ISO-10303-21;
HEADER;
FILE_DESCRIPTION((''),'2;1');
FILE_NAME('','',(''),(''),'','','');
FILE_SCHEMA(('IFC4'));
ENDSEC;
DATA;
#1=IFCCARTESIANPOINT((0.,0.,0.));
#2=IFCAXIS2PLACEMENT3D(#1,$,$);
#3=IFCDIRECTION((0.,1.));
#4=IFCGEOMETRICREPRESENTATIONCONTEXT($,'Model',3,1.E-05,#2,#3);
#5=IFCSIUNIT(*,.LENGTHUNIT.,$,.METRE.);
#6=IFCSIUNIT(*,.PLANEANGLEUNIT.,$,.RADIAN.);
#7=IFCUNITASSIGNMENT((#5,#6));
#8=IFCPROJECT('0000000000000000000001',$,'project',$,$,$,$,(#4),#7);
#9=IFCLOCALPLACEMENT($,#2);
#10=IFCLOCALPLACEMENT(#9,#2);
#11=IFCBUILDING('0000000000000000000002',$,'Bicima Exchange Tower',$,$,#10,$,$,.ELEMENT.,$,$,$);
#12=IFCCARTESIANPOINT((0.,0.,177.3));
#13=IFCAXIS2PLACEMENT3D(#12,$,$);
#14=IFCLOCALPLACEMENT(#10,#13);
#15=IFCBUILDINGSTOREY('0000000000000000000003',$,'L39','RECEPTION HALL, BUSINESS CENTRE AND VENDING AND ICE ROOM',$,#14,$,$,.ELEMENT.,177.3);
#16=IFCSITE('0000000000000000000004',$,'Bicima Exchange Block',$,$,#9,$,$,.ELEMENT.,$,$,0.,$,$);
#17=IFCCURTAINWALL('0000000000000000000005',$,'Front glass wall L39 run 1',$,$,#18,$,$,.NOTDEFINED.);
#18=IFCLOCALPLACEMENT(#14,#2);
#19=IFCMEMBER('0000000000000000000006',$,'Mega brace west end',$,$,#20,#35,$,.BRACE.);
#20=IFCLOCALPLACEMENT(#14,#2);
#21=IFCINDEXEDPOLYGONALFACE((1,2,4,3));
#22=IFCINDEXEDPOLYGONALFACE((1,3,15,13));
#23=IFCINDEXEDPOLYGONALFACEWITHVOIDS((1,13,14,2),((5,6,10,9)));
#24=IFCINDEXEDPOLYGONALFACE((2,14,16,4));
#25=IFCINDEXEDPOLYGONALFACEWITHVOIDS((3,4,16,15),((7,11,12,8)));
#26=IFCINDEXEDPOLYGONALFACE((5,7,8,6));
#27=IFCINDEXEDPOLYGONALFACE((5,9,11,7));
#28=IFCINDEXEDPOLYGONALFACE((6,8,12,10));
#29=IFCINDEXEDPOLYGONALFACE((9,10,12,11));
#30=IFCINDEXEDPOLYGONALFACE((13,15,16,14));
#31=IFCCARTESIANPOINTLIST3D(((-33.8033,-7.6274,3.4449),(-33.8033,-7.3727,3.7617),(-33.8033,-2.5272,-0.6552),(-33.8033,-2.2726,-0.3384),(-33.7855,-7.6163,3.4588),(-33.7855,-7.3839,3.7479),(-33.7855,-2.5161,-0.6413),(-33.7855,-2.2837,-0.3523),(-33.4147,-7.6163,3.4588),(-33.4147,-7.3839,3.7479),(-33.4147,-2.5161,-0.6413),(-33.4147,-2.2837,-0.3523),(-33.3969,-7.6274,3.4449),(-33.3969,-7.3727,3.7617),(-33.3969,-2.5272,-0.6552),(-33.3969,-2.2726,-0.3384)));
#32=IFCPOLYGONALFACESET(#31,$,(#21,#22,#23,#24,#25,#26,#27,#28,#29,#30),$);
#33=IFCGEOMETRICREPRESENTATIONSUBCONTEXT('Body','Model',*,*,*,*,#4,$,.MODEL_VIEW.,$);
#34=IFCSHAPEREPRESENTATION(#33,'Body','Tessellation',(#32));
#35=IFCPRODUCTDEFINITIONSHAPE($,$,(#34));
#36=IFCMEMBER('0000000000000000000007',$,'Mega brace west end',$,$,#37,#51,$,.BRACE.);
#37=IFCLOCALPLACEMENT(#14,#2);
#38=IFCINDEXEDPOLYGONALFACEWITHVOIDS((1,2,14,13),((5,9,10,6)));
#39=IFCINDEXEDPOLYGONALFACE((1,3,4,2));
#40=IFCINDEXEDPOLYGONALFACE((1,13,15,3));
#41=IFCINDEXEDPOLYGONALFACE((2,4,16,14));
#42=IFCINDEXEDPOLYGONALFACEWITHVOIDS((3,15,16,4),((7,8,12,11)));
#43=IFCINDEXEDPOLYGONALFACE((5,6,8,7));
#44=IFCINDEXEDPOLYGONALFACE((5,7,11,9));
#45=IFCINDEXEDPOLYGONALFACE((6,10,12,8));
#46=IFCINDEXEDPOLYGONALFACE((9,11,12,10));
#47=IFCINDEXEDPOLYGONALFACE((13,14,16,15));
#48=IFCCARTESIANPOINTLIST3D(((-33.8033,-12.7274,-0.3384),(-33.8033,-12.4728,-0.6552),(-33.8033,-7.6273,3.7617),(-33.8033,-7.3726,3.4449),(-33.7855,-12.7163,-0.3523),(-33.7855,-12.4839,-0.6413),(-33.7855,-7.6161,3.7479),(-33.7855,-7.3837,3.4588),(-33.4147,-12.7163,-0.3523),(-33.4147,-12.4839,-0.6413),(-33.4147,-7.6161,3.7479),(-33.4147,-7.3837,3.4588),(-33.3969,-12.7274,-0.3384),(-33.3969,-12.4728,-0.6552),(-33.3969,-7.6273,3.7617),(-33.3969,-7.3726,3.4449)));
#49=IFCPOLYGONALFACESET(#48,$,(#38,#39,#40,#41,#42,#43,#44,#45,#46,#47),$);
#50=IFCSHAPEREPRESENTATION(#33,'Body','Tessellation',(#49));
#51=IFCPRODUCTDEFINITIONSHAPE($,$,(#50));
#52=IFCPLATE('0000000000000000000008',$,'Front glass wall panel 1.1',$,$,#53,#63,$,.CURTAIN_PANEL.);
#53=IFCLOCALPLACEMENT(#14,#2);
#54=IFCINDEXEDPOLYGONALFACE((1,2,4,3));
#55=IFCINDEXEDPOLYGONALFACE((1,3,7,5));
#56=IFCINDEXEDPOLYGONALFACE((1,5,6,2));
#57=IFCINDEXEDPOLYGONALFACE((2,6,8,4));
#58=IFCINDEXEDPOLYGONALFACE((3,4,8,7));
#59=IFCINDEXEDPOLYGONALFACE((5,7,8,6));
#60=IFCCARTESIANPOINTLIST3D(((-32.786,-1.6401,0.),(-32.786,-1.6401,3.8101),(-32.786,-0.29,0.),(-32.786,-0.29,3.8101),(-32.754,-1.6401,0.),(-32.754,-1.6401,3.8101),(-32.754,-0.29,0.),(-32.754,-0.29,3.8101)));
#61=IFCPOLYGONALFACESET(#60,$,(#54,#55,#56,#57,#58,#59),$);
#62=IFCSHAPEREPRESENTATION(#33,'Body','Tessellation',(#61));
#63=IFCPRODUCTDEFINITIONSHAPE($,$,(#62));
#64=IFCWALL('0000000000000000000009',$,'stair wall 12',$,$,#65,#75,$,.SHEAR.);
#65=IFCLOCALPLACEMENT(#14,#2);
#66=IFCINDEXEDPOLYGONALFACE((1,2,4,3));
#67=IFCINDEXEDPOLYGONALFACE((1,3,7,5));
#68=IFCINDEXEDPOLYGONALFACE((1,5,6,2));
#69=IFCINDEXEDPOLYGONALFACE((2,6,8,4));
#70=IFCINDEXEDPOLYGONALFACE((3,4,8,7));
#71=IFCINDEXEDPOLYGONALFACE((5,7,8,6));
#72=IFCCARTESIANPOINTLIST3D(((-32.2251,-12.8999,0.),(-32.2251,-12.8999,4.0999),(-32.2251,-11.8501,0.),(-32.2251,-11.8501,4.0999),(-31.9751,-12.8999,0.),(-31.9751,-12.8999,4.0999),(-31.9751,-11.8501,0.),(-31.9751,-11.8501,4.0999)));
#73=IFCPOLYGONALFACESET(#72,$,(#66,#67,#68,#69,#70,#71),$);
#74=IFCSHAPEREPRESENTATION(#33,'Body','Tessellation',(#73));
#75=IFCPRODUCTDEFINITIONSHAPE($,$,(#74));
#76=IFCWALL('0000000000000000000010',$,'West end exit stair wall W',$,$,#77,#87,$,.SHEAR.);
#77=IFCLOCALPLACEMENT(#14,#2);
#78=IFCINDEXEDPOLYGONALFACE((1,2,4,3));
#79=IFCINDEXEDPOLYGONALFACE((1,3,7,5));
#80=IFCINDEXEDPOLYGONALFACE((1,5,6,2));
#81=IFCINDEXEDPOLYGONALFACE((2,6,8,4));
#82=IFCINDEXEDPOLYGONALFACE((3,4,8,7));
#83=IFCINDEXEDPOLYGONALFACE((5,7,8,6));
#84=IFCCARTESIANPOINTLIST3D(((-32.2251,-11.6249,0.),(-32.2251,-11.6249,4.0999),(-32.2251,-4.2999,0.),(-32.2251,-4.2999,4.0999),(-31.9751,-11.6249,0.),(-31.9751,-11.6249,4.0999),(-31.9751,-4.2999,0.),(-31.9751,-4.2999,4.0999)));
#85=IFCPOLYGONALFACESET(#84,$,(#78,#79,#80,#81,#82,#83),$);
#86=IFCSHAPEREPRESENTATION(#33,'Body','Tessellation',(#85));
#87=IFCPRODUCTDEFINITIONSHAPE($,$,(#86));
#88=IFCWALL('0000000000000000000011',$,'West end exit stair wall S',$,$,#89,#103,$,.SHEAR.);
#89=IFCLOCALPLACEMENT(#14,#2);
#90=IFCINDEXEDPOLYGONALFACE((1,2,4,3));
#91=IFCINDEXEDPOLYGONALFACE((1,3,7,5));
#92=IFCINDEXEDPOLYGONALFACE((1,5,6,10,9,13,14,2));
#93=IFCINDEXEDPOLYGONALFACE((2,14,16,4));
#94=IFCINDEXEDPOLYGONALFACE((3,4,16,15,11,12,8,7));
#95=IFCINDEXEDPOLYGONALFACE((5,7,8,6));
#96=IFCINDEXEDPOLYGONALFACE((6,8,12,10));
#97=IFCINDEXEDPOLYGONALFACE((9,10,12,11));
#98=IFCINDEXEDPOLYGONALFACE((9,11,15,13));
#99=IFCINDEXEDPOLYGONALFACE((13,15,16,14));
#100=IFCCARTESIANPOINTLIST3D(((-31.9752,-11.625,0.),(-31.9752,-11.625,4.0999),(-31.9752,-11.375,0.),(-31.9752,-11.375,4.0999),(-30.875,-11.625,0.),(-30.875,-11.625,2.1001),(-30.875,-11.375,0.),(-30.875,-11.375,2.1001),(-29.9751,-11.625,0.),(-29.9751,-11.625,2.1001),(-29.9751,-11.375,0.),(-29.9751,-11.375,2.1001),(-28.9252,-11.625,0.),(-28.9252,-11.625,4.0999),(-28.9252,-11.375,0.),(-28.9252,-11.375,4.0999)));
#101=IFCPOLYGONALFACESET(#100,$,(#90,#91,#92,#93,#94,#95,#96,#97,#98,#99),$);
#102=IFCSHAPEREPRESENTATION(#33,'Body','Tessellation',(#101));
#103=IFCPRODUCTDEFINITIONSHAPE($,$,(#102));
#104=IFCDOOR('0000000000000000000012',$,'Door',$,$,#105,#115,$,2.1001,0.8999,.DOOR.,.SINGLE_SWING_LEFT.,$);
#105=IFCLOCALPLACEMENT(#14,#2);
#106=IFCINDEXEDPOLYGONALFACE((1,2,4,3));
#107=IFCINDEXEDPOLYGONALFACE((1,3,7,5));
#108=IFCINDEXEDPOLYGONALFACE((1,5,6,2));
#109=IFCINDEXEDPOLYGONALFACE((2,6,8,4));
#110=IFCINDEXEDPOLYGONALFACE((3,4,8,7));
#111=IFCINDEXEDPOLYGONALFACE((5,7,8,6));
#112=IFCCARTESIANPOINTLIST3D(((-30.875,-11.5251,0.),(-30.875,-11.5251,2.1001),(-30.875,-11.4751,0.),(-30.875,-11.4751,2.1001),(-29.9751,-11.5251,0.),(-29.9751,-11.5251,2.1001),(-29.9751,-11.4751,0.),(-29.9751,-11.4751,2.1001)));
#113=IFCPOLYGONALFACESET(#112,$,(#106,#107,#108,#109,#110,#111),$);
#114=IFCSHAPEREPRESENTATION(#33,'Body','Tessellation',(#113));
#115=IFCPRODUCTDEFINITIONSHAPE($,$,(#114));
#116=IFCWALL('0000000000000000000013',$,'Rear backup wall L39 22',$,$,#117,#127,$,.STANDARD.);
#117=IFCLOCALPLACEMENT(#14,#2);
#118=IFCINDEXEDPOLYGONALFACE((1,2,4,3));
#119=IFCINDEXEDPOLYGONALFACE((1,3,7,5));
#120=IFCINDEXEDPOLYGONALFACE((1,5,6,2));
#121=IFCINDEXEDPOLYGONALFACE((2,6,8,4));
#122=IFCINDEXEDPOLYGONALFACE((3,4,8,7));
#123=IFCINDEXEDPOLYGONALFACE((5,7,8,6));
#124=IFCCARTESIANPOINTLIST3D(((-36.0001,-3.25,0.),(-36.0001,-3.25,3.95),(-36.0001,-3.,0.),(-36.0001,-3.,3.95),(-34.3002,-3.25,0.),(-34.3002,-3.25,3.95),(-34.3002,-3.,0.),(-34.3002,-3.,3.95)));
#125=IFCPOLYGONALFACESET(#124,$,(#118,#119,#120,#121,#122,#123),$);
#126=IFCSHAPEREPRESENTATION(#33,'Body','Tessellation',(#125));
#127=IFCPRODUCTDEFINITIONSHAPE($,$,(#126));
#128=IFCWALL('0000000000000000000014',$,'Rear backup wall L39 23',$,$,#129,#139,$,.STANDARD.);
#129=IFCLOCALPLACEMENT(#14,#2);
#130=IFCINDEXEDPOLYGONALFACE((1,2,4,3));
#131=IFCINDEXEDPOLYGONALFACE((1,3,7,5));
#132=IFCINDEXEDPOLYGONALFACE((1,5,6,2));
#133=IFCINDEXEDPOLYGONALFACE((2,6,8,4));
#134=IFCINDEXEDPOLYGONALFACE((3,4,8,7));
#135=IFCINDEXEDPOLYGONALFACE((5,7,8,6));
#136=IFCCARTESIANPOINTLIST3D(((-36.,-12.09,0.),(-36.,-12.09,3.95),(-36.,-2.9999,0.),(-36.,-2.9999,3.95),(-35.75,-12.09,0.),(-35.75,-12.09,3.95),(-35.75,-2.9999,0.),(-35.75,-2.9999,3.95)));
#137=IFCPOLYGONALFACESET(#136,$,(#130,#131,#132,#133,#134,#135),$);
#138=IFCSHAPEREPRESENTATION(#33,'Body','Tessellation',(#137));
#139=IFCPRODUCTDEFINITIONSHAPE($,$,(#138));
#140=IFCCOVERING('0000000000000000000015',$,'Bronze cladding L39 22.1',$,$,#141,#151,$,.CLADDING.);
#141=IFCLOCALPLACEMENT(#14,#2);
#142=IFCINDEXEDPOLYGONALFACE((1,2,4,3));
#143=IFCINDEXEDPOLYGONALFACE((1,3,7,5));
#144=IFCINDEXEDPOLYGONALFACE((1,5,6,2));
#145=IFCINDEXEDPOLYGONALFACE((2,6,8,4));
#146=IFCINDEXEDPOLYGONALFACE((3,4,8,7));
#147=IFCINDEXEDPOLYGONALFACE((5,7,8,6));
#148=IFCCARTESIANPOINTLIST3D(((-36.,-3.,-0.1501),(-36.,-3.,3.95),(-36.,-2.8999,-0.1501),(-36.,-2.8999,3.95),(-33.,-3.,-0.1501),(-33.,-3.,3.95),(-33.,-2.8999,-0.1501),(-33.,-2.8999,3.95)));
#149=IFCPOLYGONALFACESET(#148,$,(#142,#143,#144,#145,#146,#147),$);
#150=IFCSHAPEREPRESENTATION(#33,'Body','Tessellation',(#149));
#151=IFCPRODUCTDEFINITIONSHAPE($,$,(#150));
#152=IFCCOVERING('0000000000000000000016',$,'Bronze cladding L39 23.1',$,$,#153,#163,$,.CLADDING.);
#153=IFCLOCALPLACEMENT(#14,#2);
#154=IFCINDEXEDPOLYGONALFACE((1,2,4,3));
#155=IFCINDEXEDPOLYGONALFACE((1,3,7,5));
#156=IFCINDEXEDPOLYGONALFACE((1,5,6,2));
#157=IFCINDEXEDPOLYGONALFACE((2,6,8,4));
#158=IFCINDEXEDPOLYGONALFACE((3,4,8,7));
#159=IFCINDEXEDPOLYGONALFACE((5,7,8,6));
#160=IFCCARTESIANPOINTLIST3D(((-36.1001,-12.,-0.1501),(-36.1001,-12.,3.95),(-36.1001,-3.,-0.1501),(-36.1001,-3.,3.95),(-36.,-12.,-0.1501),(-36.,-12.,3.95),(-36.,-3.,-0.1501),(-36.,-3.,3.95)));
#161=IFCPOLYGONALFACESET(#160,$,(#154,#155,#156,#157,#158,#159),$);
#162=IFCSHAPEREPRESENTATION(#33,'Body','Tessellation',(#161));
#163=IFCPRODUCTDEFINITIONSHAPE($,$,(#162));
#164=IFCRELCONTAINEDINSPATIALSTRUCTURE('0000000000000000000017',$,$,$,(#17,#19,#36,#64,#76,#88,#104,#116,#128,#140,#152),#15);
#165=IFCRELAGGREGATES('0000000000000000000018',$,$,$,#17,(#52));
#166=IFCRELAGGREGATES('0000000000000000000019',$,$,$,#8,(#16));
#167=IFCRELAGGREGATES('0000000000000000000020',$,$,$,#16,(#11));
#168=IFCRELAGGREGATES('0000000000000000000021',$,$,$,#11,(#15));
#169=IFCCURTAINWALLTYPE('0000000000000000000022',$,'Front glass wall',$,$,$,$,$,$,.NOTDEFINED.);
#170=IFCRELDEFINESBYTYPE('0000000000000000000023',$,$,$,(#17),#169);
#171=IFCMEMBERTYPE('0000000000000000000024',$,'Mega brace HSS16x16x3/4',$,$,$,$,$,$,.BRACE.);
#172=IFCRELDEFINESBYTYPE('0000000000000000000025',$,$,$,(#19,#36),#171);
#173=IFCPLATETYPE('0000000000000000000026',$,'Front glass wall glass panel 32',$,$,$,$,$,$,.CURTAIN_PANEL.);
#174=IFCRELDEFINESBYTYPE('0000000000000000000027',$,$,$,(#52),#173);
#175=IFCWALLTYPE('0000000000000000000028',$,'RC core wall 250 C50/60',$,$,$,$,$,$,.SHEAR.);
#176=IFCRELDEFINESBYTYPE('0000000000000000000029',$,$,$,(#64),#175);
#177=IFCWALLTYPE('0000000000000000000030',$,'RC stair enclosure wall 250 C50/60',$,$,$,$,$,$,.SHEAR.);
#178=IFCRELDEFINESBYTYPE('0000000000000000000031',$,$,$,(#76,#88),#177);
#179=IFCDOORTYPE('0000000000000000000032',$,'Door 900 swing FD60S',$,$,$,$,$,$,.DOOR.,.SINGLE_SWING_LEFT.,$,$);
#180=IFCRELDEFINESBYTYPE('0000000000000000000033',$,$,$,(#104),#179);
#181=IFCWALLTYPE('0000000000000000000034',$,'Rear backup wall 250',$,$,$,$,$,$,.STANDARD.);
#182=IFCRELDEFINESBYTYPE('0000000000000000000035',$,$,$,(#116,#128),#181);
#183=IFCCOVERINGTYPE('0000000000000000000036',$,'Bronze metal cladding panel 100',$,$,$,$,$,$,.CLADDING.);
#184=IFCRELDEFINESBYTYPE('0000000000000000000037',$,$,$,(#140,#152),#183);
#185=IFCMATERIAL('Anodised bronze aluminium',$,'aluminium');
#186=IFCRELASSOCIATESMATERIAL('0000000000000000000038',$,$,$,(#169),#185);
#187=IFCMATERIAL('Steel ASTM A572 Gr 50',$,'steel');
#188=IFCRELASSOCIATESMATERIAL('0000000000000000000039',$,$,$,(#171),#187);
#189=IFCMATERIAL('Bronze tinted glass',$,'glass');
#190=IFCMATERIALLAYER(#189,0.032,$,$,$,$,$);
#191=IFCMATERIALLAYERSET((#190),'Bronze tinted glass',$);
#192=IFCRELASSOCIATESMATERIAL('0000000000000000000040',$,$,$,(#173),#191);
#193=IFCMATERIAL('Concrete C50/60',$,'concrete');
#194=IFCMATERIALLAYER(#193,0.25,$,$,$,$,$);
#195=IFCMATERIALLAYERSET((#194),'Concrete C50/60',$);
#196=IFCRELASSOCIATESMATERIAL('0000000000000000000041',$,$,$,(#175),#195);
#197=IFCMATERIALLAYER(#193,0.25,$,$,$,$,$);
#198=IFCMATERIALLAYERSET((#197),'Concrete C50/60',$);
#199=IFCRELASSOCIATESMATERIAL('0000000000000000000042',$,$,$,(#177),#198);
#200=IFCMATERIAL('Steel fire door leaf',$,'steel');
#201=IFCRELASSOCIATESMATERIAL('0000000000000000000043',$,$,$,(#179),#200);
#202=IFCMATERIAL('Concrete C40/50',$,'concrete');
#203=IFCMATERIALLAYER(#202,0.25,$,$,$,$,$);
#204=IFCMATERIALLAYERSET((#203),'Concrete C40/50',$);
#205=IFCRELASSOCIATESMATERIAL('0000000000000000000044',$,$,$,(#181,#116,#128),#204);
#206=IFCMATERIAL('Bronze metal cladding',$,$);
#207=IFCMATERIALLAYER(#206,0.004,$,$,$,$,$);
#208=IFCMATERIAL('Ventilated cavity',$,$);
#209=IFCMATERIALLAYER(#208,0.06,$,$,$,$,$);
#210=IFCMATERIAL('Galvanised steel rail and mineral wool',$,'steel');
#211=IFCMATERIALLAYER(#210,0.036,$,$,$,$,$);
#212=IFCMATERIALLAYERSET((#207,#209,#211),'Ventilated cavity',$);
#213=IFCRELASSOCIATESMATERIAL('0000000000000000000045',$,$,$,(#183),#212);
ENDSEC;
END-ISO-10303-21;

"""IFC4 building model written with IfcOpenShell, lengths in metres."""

from ifc_helpers import new_model, si_unit, direction, frame, frame_2d, origin, origin_2d, place, context, subcontext, project, spatial, rectangle, hollow_rectangle, extrude, material, layer, layer_set, layer_usage, material_profile, profile_set, type_object, element, fill, aggregate, save


model = new_model("IFC4")

# Units and contexts
model_context = context("Model", 3, precision=1e-05, world=origin(), true_north=direction((0.0, 1.0)))
body_context = subcontext(model_context, "Body", "Model", "MODEL_VIEW")
ifc_project = project(units=[si_unit("LENGTHUNIT", "METRE"), si_unit("PLANEANGLEUNIT", "RADIAN")], contexts=[model_context])

# Site, building, storey
site_placement = place(None, origin())
site = spatial("IfcSite", under=ifc_project, at=site_placement, Name="Bicima Exchange Block", CompositionType="ELEMENT", RefElevation=0.0)
building_placement = place(site_placement, origin())
building = spatial("IfcBuilding", under=site, at=building_placement, Name="Bicima Exchange Tower", CompositionType="ELEMENT")
storey_placement = place(building_placement, frame((0.0, 0.0, 177.3)))
storey = spatial("IfcBuildingStorey", under=building, at=storey_placement, Name="L39", Description="RECEPTION HALL, BUSINESS CENTRE AND VENDING AND ICE ROOM", CompositionType="ELEMENT", Elevation=177.3)

# Shared definitions
ifc_material_1 = material(Name="Steel ASTM A572 Gr 50", Category="steel")

# Shared definitions
ifc_material_2 = material(Name="Anodised bronze aluminium", Category="aluminium")

# Curtain wall
curtain_wall_type_1 = type_object("IfcCurtainWallType", Name="Front glass wall", PredefinedType="NOTDEFINED", material=ifc_material_2)
curtain_wall_1_placement = place(storey_placement, origin())
curtain_wall_1 = element("IfcCurtainWall", 1, at=curtain_wall_1_placement, inside=storey, type_object=curtain_wall_type_1, Name="Front glass wall L39 run 1", PredefinedType="NOTDEFINED")

# Members
ifc_material_profile_1 = material_profile(ifc_material_1, hollow_rectangle(XDim=0.4065, YDim=0.4065, WallThickness=0.0178, at=origin_2d()))
ifc_profile_set_1 = profile_set([ifc_material_profile_1], Name="Steel ASTM A572 Gr 50")
member_type_1 = type_object("IfcMemberType", Name="Mega brace HSS16x16x3/4", PredefinedType="BRACE", material=ifc_profile_set_1)
for number, where, z_axis, x_axis, name in (
    (2, (-33.6001, -2.3999, -0.4968), (0.0, -0.779374, 0.626559), (1.0, 0.0, 0.0), "Mega brace west end"),
    (3, (-33.6001, -12.6001, -0.4968), (0.0, 0.779374, 0.626559), (-1.0, 0.0, 0.0), "Mega brace west end"),
):
    element("IfcMember", number, at=place(storey_placement, frame(where, z_axis=z_axis, x_axis=x_axis)), inside=storey, type_object=member_type_1, Name=name, PredefinedType="BRACE", context=body_context, shape_type="SweptSolid", body=[
        extrude(hollow_rectangle(XDim=0.4065, YDim=0.4065, WallThickness=0.0178, at=origin_2d()), origin(), (0.0, 0.0, 1.0), 6.5439),
    ])

# Plate
ifc_material_3 = material(Name="Bronze tinted glass", Category="glass")
ifc_layer_1 = layer(ifc_material_3, 0.032)
ifc_layer_set_1 = layer_set([ifc_layer_1], Name="Bronze tinted glass")
plate_type = type_object("IfcPlateType", Name="Front glass wall glass panel 32", PredefinedType="CURTAIN_PANEL", material=ifc_layer_set_1)
plate_placement = place(storey_placement, frame((-32.77, -0.9651, 0.0), z_axis=(0.0, 0.0, 1.0), x_axis=(0.0, -1.0, 0.0)))
plate = element("IfcPlate", 4, at=plate_placement, type_object=plate_type, Name="Front glass wall panel 1.1", PredefinedType="CURTAIN_PANEL", context=body_context, shape_type="SweptSolid", body=[
    extrude(rectangle(XDim=1.3501, YDim=0.032, at=origin_2d()), origin(), (0.0, 0.0, 1.0), 3.8101),
])
aggregate(curtain_wall_1, [plate])

# Walls
ifc_material_4 = material(Name="Concrete C50/60", Category="concrete")
ifc_layer_2 = layer(ifc_material_4, 0.25)
ifc_layer_set_2 = layer_set([ifc_layer_2], Name="Concrete C50/60")
wall_type_1 = type_object("IfcWallType", Name="RC core wall 250 C50/60", PredefinedType="SHEAR", material=ifc_layer_set_2)
wall_1_placement = place(storey_placement, frame((-32.1001, -12.8999, 0.0), z_axis=(0.0, 0.0, 1.0), x_axis=(0.0, 1.0, 0.0)))
element("IfcWall", 5, at=wall_1_placement, inside=storey, type_object=wall_type_1, Name="stair wall 12", PredefinedType="SHEAR", context=body_context, shape_type="SweptSolid", body=[
    extrude(rectangle(XDim=1.0498, YDim=0.25, at=frame_2d((0.5249, 0.0))), origin(), (0.0, 0.0, 1.0), 4.0999),
])
ifc_layer_3 = layer(ifc_material_4, 0.25)
ifc_layer_set_3 = layer_set([ifc_layer_3], Name="Concrete C50/60")
wall_type_2 = type_object("IfcWallType", Name="RC stair enclosure wall 250 C50/60", PredefinedType="SHEAR", material=ifc_layer_set_3)
wall_2_placement = place(storey_placement, frame((-32.1001, -11.625, 0.0), z_axis=(0.0, 0.0, 1.0), x_axis=(0.0, 1.0, 0.0)))
element("IfcWall", 6, at=wall_2_placement, inside=storey, type_object=wall_type_2, Name="West end exit stair wall W", PredefinedType="SHEAR", context=body_context, shape_type="SweptSolid", body=[
    extrude(rectangle(XDim=7.325, YDim=0.25, at=frame_2d((3.6626, 0.0))), origin(), (0.0, 0.0, 1.0), 4.0999),
])

# Wall, opening, door
wall_3_placement = place(storey_placement, frame((-31.9751, -11.5, 0.0), z_axis=(0.0, 0.0, 1.0), x_axis=(1.0, 0.0, 0.0)))
wall_3 = element("IfcWall", 7, at=wall_3_placement, inside=storey, type_object=wall_type_2, Name="West end exit stair wall S", PredefinedType="SHEAR", context=body_context, shape_type="SweptSolid", body=[
    extrude(rectangle(XDim=3.05, YDim=0.25, at=frame_2d((1.5249, 0.0))), origin(), (0.0, 0.0, 1.0), 4.0999),
])
opening_placement = place(wall_3_placement, frame((1.1001, 0.0, 0.0)))
opening = element("IfcOpeningElement", 8, at=opening_placement, cuts=wall_3, PredefinedType="OPENING", context=body_context, shape_type="SweptSolid", body=[
    extrude(rectangle(XDim=0.8999, YDim=2.1001, at=frame_2d((0.45, 1.05))), frame((0.0, 0.137, 0.0), z_axis=(0.0, -1.0, 0.0), x_axis=(1.0, 0.0, 0.0)), (0.0, 0.0, 1.0), 0.2739),
])
ifc_material_5 = material(Name="Steel fire door leaf", Category="steel")
door_type = type_object("IfcDoorType", Name="Door 900 swing FD60S", OperationType="SINGLE_SWING_LEFT", PredefinedType="DOOR", material=ifc_material_5)
door_placement = place(opening_placement, origin())
door = element("IfcDoor", 9, at=door_placement, inside=storey, type_object=door_type, Name="Door", OperationType="SINGLE_SWING_LEFT", OverallHeight=2.1001, OverallWidth=0.8999, PredefinedType="DOOR", context=body_context, shape_type="SweptSolid", body=[
    extrude(rectangle(XDim=0.8999, YDim=2.1001, at=frame_2d((0.45, 1.05))), frame((0.0, 0.0249, 0.0), z_axis=(0.0, -1.0, 0.0), x_axis=(1.0, 0.0, 0.0)), (0.0, 0.0, 1.0), 0.05),
])
fill(opening, door)

# Walls
ifc_material_6 = material(Name="Concrete C40/50", Category="concrete")
ifc_layer_4 = layer(ifc_material_6, 0.25)
ifc_layer_set_4 = layer_set([ifc_layer_4], Name="Concrete C40/50")
ifc_layer_usage = layer_usage(ifc_layer_set_4, "AXIS2", "POSITIVE", -0.125)
wall_type_3 = type_object("IfcWallType", Name="Rear backup wall 250", PredefinedType="STANDARD", material=ifc_layer_set_4)
wall_4_placement = place(storey_placement, frame((-34.3, -3.125, 0.0), z_axis=(0.0, 0.0, 1.0), x_axis=(-1.0, 0.0, 0.0)))
element("IfcWall", 10, at=wall_4_placement, inside=storey, type_object=wall_type_3, material=ifc_layer_usage, Name="Rear backup wall L39 22", PredefinedType="STANDARD", context=body_context, shape_type="SweptSolid", body=[
    extrude(rectangle(XDim=1.7, YDim=0.25, at=frame_2d((0.8501, 0.0))), origin(), (0.0, 0.0, 1.0), 3.95),
])
wall_5_placement = place(storey_placement, frame((-35.875, -3.0, 0.0), z_axis=(0.0, 0.0, 1.0), x_axis=(0.0, -1.0, 0.0)))
element("IfcWall", 11, at=wall_5_placement, inside=storey, type_object=wall_type_3, material=ifc_layer_usage, Name="Rear backup wall L39 23", PredefinedType="STANDARD", context=body_context, shape_type="SweptSolid", body=[
    extrude(rectangle(XDim=9.0901, YDim=0.25, at=frame_2d((4.5449, 0.0))), origin(), (0.0, 0.0, 1.0), 3.95),
])

# Coverings
ifc_material_7 = material(Name="Bronze metal cladding")
ifc_layer_5 = layer(ifc_material_7, 0.004)
ifc_material_8 = material(Name="Ventilated cavity")
ifc_layer_6 = layer(ifc_material_8, 0.06)
ifc_material_9 = material(Name="Galvanised steel rail and mineral wool", Category="steel")
ifc_layer_7 = layer(ifc_material_9, 0.036)
ifc_layer_set_5 = layer_set([ifc_layer_5, ifc_layer_6, ifc_layer_7], Name="Ventilated cavity")
covering_type = type_object("IfcCoveringType", Name="Bronze metal cladding panel 100", PredefinedType="CLADDING", material=ifc_layer_set_5)
covering_1_placement = place(storey_placement, frame((-34.5, -2.95, -0.1501), z_axis=(0.0, 0.0, 1.0), x_axis=(-1.0, 0.0, 0.0)))
element("IfcCovering", 12, at=covering_1_placement, inside=storey, type_object=covering_type, Name="Bronze cladding L39 22.1", PredefinedType="CLADDING", context=body_context, shape_type="SweptSolid", body=[
    extrude(rectangle(XDim=3.0, YDim=0.1001, at=origin_2d()), origin(), (0.0, 0.0, 1.0), 4.1001),
])
covering_2_placement = place(storey_placement, frame((-36.05, -7.5, -0.1501), z_axis=(0.0, 0.0, 1.0), x_axis=(0.0, -1.0, 0.0)))
element("IfcCovering", 13, at=covering_2_placement, inside=storey, type_object=covering_type, Name="Bronze cladding L39 23.1", PredefinedType="CLADDING", context=body_context, shape_type="SweptSolid", body=[
    extrude(rectangle(XDim=9.0, YDim=0.1001, at=origin_2d()), origin(), (0.0, 0.0, 1.0), 4.1001),
])

save(model, "model.ifc")
